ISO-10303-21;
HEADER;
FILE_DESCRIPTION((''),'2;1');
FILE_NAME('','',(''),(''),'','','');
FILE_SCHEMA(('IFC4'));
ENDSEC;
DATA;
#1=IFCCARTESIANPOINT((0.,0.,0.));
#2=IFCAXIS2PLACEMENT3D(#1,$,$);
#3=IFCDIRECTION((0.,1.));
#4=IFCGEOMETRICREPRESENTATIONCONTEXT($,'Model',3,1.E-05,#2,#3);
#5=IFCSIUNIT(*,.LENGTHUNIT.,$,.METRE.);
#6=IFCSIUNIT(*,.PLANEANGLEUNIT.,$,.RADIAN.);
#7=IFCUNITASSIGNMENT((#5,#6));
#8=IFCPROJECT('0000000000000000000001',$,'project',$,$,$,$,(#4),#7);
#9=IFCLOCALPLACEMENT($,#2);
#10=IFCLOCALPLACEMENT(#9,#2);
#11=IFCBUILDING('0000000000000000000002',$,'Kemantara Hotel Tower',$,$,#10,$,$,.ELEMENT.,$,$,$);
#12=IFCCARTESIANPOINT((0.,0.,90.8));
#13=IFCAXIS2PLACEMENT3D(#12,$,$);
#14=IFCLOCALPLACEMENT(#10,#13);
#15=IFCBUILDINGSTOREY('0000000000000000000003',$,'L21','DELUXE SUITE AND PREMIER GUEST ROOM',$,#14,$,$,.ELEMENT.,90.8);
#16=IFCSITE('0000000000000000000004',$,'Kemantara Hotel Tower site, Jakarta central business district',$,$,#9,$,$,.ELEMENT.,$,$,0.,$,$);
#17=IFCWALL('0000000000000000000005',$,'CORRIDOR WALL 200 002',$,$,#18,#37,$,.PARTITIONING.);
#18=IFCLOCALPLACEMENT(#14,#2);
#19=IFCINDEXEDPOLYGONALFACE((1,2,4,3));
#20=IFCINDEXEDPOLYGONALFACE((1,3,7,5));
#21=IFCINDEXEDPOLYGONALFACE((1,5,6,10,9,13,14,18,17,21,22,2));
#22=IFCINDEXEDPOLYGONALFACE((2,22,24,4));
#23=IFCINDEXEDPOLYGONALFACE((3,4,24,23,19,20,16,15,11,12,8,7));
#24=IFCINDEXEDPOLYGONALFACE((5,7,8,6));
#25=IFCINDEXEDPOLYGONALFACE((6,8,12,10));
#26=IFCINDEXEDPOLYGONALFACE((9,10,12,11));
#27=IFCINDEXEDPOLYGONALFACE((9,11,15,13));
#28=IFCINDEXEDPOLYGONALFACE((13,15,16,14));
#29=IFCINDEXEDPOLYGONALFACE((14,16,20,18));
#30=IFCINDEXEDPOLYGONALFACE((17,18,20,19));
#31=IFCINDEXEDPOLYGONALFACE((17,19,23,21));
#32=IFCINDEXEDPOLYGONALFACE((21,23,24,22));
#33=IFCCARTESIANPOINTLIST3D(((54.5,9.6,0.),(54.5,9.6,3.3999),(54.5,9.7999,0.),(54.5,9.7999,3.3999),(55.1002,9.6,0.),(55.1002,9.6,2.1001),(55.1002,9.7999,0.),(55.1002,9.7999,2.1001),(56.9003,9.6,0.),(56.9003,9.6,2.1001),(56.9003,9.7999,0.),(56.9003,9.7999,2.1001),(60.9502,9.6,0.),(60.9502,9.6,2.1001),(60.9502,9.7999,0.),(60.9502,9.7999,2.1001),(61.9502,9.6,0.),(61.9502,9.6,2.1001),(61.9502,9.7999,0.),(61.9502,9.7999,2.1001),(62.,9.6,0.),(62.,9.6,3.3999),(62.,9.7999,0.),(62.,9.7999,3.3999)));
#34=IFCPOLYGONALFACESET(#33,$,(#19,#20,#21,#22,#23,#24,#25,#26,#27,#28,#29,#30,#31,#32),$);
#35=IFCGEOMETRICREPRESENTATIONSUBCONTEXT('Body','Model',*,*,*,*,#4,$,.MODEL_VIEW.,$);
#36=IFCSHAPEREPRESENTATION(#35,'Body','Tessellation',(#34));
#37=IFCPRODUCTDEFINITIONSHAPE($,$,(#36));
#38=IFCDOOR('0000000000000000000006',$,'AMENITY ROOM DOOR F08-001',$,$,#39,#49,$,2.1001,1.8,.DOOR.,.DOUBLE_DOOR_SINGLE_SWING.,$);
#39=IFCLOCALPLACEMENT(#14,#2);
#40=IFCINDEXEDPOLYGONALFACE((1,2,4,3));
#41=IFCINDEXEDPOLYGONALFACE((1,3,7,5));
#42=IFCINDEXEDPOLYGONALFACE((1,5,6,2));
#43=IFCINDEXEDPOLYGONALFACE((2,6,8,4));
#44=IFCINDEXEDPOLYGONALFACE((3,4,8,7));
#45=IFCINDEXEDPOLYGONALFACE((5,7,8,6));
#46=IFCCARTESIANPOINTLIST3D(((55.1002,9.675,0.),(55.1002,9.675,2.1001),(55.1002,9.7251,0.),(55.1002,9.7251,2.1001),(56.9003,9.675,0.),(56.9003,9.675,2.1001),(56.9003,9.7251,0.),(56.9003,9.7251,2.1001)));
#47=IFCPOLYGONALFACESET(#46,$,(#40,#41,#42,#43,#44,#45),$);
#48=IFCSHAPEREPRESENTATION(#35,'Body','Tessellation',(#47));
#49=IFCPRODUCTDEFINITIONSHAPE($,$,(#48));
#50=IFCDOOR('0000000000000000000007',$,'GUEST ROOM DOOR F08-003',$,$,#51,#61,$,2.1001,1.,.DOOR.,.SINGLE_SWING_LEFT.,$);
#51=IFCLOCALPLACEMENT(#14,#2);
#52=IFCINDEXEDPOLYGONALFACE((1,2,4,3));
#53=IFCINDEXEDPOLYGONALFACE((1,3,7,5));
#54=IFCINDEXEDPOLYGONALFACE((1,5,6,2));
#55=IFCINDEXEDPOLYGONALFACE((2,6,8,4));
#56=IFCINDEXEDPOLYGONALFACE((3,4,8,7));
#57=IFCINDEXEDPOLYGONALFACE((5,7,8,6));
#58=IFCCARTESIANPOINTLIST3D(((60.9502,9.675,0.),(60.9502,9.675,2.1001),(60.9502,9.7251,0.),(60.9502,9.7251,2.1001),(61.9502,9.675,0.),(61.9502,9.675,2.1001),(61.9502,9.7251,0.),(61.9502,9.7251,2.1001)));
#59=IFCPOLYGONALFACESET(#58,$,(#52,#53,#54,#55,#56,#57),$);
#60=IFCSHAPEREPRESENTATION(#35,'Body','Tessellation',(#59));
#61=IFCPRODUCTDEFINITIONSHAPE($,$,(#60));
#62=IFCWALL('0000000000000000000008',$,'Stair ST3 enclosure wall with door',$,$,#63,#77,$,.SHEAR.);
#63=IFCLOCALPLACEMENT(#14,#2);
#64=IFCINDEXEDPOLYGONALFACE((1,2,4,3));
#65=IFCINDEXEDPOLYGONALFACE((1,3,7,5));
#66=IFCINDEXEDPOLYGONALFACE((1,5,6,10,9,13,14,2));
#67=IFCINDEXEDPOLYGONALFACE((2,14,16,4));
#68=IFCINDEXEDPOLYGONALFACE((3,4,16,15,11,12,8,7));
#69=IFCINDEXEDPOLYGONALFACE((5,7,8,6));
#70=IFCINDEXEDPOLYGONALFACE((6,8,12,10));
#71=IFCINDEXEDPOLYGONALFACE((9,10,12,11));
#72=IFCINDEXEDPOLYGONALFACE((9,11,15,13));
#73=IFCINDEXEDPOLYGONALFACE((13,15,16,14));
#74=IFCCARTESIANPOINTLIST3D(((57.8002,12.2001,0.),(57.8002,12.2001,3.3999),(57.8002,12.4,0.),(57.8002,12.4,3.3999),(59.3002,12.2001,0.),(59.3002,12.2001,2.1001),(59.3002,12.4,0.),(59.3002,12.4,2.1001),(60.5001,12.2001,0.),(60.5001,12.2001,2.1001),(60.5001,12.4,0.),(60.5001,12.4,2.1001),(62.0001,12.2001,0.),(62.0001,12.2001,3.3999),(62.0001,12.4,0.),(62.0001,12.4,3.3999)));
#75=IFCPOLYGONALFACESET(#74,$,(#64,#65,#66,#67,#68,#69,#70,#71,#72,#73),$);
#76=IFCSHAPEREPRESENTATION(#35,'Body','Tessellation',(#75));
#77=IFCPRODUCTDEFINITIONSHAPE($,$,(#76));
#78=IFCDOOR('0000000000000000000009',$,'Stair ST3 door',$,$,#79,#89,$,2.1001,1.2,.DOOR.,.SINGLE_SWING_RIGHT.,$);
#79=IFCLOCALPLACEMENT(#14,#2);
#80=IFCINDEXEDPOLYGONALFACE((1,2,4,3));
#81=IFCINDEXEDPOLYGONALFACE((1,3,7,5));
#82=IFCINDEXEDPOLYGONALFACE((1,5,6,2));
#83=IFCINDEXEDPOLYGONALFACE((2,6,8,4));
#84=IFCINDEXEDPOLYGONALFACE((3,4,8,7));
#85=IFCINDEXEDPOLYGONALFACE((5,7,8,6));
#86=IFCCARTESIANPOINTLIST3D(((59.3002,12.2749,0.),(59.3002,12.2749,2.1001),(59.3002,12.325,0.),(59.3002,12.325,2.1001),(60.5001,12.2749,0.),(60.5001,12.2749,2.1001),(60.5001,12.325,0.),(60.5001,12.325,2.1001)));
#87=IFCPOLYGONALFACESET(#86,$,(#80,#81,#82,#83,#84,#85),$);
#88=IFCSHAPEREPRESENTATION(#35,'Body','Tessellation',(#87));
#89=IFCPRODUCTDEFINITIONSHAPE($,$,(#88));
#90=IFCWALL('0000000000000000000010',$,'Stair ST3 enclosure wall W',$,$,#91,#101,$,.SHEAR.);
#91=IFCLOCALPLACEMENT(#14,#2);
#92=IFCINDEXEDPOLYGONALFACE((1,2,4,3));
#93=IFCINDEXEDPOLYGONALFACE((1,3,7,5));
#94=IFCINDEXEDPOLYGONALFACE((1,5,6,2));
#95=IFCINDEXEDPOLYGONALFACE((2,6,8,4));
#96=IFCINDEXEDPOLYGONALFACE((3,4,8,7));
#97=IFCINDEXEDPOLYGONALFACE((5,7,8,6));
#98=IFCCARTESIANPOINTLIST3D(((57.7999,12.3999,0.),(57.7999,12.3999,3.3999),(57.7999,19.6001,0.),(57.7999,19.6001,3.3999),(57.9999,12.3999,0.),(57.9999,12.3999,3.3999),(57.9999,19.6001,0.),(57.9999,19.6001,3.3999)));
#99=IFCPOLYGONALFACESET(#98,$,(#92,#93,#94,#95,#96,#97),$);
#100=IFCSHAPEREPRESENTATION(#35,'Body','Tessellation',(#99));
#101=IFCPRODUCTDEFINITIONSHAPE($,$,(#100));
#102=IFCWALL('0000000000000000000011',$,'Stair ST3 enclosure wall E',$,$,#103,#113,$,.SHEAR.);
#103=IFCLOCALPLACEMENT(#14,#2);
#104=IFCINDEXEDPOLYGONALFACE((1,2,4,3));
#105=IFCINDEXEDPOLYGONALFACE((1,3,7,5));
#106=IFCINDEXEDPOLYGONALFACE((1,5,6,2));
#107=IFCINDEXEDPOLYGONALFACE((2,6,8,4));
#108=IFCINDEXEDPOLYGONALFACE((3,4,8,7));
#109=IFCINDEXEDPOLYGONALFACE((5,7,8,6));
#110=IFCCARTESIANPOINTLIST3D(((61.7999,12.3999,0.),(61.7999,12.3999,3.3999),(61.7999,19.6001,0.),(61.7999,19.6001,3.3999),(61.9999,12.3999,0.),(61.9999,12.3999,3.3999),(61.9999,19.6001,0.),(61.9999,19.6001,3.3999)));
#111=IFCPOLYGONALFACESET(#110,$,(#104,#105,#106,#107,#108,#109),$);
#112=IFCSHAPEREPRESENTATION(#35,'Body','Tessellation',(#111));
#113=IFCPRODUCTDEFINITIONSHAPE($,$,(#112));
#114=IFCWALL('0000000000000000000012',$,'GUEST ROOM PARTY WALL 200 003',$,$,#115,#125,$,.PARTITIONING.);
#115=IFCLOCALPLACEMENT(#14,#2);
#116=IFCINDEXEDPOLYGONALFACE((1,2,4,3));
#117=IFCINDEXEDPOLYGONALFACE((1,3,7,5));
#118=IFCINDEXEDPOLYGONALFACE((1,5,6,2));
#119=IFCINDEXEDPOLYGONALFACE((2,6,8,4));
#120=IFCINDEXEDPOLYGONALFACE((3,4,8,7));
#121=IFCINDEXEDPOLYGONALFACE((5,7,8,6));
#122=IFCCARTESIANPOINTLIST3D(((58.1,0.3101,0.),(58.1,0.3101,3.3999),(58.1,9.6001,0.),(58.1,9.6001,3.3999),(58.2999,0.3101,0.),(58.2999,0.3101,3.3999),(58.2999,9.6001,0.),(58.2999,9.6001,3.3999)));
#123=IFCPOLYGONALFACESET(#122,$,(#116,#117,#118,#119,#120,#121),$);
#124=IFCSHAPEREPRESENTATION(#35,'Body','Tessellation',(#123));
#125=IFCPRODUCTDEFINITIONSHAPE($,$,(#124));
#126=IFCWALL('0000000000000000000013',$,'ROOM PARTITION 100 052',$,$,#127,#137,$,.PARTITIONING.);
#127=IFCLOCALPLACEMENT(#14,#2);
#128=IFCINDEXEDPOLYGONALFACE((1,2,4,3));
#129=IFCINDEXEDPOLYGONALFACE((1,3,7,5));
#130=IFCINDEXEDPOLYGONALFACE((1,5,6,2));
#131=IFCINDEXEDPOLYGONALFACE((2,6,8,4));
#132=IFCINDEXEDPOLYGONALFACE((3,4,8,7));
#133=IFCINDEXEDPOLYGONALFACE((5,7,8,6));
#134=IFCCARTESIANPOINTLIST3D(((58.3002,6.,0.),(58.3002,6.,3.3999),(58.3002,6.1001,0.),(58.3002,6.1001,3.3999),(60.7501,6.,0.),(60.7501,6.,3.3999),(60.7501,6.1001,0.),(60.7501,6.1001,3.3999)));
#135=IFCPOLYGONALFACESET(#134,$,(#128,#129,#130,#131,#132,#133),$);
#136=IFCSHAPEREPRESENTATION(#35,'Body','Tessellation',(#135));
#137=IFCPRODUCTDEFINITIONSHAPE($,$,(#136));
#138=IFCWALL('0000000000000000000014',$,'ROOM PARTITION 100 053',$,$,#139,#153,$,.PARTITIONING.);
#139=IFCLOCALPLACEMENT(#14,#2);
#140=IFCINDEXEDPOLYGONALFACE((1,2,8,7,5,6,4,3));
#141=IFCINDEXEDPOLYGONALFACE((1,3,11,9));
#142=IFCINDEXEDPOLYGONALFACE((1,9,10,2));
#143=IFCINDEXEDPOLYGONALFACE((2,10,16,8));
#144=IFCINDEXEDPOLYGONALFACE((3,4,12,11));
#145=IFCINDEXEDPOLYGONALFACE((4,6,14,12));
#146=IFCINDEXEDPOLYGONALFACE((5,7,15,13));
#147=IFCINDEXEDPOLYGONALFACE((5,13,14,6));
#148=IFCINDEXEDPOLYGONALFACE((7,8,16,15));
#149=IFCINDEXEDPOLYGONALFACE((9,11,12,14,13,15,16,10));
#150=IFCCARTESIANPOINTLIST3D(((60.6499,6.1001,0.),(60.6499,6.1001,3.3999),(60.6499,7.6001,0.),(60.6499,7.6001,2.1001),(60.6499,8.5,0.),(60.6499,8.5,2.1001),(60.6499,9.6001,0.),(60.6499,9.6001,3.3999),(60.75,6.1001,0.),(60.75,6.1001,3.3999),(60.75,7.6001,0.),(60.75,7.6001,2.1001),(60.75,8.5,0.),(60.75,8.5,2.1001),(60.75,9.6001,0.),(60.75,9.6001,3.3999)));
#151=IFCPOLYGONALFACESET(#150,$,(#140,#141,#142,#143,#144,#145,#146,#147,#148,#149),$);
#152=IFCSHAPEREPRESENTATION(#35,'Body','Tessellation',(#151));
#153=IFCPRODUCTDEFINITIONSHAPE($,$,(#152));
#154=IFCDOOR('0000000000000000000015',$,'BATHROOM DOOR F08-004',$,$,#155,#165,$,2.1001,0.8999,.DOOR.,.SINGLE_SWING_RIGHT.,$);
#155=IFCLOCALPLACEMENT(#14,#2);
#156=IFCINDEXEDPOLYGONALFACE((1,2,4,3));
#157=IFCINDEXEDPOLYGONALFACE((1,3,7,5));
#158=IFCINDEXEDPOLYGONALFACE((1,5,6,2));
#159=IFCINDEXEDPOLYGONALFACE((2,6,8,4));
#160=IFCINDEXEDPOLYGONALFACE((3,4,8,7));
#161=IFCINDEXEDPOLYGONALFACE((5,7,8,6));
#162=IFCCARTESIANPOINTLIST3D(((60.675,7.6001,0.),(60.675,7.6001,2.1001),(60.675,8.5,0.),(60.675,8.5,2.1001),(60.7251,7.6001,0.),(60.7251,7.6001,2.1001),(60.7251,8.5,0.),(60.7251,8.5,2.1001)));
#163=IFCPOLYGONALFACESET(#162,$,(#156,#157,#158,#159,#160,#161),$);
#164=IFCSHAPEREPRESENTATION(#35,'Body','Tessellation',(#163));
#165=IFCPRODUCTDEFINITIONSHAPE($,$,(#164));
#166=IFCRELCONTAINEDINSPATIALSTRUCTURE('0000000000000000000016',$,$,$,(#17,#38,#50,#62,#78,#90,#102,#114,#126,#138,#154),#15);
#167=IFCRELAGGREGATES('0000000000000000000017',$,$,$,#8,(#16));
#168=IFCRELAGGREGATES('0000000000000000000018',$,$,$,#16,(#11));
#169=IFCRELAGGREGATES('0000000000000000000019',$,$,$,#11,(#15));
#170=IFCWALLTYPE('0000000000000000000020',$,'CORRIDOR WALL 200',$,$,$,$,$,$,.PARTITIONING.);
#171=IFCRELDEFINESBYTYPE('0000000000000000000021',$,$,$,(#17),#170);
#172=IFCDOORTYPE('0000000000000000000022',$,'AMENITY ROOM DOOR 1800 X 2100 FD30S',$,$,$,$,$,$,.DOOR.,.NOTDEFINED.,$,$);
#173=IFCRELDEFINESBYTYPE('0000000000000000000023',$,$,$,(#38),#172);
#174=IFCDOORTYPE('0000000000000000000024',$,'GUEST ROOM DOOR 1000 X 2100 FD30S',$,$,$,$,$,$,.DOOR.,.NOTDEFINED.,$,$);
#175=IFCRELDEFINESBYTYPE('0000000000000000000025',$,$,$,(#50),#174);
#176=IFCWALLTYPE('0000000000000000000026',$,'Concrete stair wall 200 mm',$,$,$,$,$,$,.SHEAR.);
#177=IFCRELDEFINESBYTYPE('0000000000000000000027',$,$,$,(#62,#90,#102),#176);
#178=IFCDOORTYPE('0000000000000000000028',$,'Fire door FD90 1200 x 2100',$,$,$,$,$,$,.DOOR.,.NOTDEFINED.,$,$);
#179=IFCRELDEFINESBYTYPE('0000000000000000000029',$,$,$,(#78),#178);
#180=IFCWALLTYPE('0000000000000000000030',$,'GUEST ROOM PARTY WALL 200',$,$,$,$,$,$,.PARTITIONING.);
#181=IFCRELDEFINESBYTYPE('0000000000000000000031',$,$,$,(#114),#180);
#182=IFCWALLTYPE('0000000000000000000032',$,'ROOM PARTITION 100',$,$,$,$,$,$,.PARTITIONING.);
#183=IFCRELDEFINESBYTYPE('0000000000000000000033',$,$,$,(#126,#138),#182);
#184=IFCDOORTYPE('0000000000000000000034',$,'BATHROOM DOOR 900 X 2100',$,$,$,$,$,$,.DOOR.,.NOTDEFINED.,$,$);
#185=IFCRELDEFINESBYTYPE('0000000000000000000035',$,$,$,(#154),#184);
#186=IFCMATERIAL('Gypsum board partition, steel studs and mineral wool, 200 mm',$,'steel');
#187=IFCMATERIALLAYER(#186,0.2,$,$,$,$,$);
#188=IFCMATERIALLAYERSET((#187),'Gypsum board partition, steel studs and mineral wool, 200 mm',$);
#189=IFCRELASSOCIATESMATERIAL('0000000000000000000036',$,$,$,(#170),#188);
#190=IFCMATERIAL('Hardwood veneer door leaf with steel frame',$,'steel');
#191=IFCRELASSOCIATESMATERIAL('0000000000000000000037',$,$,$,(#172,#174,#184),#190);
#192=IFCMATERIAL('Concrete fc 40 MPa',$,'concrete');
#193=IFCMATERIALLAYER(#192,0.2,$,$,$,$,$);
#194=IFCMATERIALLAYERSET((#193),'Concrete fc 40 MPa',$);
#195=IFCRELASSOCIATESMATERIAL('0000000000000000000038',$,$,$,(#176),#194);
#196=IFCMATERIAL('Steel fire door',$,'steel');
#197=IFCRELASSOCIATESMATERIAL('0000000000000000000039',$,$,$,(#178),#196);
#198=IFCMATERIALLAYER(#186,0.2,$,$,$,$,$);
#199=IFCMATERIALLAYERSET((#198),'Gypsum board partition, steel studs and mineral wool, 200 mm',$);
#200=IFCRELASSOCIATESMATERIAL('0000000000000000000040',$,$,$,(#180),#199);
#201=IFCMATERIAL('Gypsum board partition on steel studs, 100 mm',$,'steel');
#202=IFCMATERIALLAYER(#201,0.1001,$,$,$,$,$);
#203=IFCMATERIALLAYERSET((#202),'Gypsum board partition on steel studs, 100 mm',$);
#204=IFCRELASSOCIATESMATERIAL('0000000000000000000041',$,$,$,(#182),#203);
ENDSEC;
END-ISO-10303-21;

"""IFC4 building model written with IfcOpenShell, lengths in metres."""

from ifc_helpers import new_model, si_unit, direction, frame, frame_2d, origin, place, context, subcontext, project, spatial, rectangle, extrude, material, layer, layer_set, type_object, element, fill, save


model = new_model("IFC4")

# Units and contexts
model_context = context("Model", 3, precision=1e-05, world=origin(), true_north=direction((0.0, 1.0)))
body_context = subcontext(model_context, "Body", "Model", "MODEL_VIEW")
ifc_project = project(units=[si_unit("LENGTHUNIT", "METRE"), si_unit("PLANEANGLEUNIT", "RADIAN")], contexts=[model_context])

# Site, building, storey
site_placement = place(None, origin())
site = spatial("IfcSite", under=ifc_project, at=site_placement, Name="Kemantara Hotel Tower site, Jakarta central business district", CompositionType="ELEMENT", RefElevation=0.0)
building_placement = place(site_placement, origin())
building = spatial("IfcBuilding", under=site, at=building_placement, Name="Kemantara Hotel Tower", CompositionType="ELEMENT")
storey_placement = place(building_placement, frame((0.0, 0.0, 90.8)))
storey = spatial("IfcBuildingStorey", under=building, at=storey_placement, Name="L21", Description="DELUXE SUITE AND PREMIER GUEST ROOM", CompositionType="ELEMENT", Elevation=90.8)

# Wall, openings, doors
ifc_material_1 = material(Name="Gypsum board partition, steel studs and mineral wool, 200 mm", Category="steel")
ifc_layer_1 = layer(ifc_material_1, 0.2)
ifc_layer_set_1 = layer_set([ifc_layer_1], Name="Gypsum board partition, steel studs and mineral wool, 200 mm")
wall_type_1 = type_object("IfcWallType", Name="CORRIDOR WALL 200", PredefinedType="PARTITIONING", material=ifc_layer_set_1)
wall_1_placement = place(storey_placement, frame((62.0, 9.7, 0.0), z_axis=(0.0, 0.0, 1.0), x_axis=(-1.0, 0.0, 0.0)))
wall_1 = element("IfcWall", 1, at=wall_1_placement, inside=storey, type_object=wall_type_1, Name="CORRIDOR WALL 200 002", PredefinedType="PARTITIONING", context=body_context, shape_type="SweptSolid", body=[
    extrude(rectangle(XDim=7.5, YDim=0.2, at=frame_2d((3.75, 0.0))), origin(), (0.0, 0.0, 1.0), 3.3999),
])
opening_1_placement = place(wall_1_placement, frame((5.0999, 0.0, 0.0)))
opening_1 = element("IfcOpeningElement", 2, at=opening_1_placement, cuts=wall_1, PredefinedType="OPENING", context=body_context, shape_type="SweptSolid", body=[
    extrude(rectangle(XDim=1.8, YDim=2.1001, at=frame_2d((0.8999, 1.05))), frame((0.0, 0.1099, 0.0), z_axis=(0.0, -1.0, 0.0), x_axis=(1.0, 0.0, 0.0)), (0.0, 0.0, 1.0), 0.22),
])
opening_2_placement = place(wall_1_placement, frame((0.0498, 0.0, 0.0)))
opening_2 = element("IfcOpeningElement", 3, at=opening_2_placement, cuts=wall_1, PredefinedType="OPENING", context=body_context, shape_type="SweptSolid", body=[
    extrude(rectangle(XDim=1.0, YDim=2.1001, at=frame_2d((0.5, 1.05))), frame((0.0, 0.1099, 0.0), z_axis=(0.0, -1.0, 0.0), x_axis=(1.0, 0.0, 0.0)), (0.0, 0.0, 1.0), 0.22),
])
ifc_material_2 = material(Name="Hardwood veneer door leaf with steel frame", Category="steel")
door_type_1 = type_object("IfcDoorType", Name="AMENITY ROOM DOOR 1800 X 2100 FD30S", OperationType="NOTDEFINED", PredefinedType="DOOR", material=ifc_material_2)
door_1_placement = place(opening_1_placement, origin())
door_1 = element("IfcDoor", 4, at=door_1_placement, inside=storey, type_object=door_type_1, Name="AMENITY ROOM DOOR F08-001", OperationType="DOUBLE_DOOR_SINGLE_SWING", OverallHeight=2.1001, OverallWidth=1.8, PredefinedType="DOOR", context=body_context, shape_type="SweptSolid", body=[
    extrude(rectangle(XDim=1.8, YDim=2.1001, at=frame_2d((0.8999, 1.05))), frame((0.0, 0.0249, 0.0), z_axis=(0.0, -1.0, 0.0), x_axis=(1.0, 0.0, 0.0)), (0.0, 0.0, 1.0), 0.05),
])
fill(opening_1, door_1)
door_type_2 = type_object("IfcDoorType", Name="GUEST ROOM DOOR 1000 X 2100 FD30S", OperationType="NOTDEFINED", PredefinedType="DOOR", material=ifc_material_2)
door_2_placement = place(opening_2_placement, origin())
door_2 = element("IfcDoor", 5, at=door_2_placement, inside=storey, type_object=door_type_2, Name="GUEST ROOM DOOR F08-003", OperationType="SINGLE_SWING_LEFT", OverallHeight=2.1001, OverallWidth=1.0, PredefinedType="DOOR", context=body_context, shape_type="SweptSolid", body=[
    extrude(rectangle(XDim=1.0, YDim=2.1001, at=frame_2d((0.5, 1.05))), frame((0.0, 0.0249, 0.0), z_axis=(0.0, -1.0, 0.0), x_axis=(1.0, 0.0, 0.0)), (0.0, 0.0, 1.0), 0.05),
])
fill(opening_2, door_2)

# Wall, opening, door
ifc_material_3 = material(Name="Concrete fc 40 MPa", Category="concrete")
ifc_layer_2 = layer(ifc_material_3, 0.2)
ifc_layer_set_2 = layer_set([ifc_layer_2], Name="Concrete fc 40 MPa")
wall_type_2 = type_object("IfcWallType", Name="Concrete stair wall 200 mm", PredefinedType="SHEAR", material=ifc_layer_set_2)
wall_2_placement = place(storey_placement, frame((57.8, 12.3, 0.0), z_axis=(0.0, 0.0, 1.0), x_axis=(1.0, 0.0, 0.0)))
wall_2 = element("IfcWall", 6, at=wall_2_placement, inside=storey, type_object=wall_type_2, Name="Stair ST3 enclosure wall with door", PredefinedType="SHEAR", context=body_context, shape_type="SweptSolid", body=[
    extrude(rectangle(XDim=4.2, YDim=0.2, at=frame_2d((2.1001, 0.0))), origin(), (0.0, 0.0, 1.0), 3.3999),
])
opening_3_placement = place(wall_2_placement, frame((1.5, 0.0, 0.0)))
opening_3 = element("IfcOpeningElement", 7, at=opening_3_placement, cuts=wall_2, PredefinedType="OPENING", context=body_context, shape_type="SweptSolid", body=[
    extrude(rectangle(XDim=1.2, YDim=2.1001, at=frame_2d((0.6001, 1.05))), frame((0.0, 0.1099, 0.0), z_axis=(0.0, -1.0, 0.0), x_axis=(1.0, 0.0, 0.0)), (0.0, 0.0, 1.0), 0.22),
])
ifc_material_4 = material(Name="Steel fire door", Category="steel")
door_type_3 = type_object("IfcDoorType", Name="Fire door FD90 1200 x 2100", OperationType="NOTDEFINED", PredefinedType="DOOR", material=ifc_material_4)
door_3_placement = place(opening_3_placement, origin())
door_3 = element("IfcDoor", 8, at=door_3_placement, inside=storey, type_object=door_type_3, Name="Stair ST3 door", OperationType="SINGLE_SWING_RIGHT", OverallHeight=2.1001, OverallWidth=1.2, PredefinedType="DOOR", context=body_context, shape_type="SweptSolid", body=[
    extrude(rectangle(XDim=1.2, YDim=2.1001, at=frame_2d((0.6001, 1.05))), frame((0.0, 0.0249, 0.0), z_axis=(0.0, -1.0, 0.0), x_axis=(1.0, 0.0, 0.0)), (0.0, 0.0, 1.0), 0.05),
])
fill(opening_3, door_3)

# Walls
for number, where, z_axis, x_axis, name in (
    (9, (57.8999, 12.3999, 0.0), (0.0, 0.0, 1.0), (0.0, 1.0, 0.0), "Stair ST3 enclosure wall W"),
    (10, (61.8999, 12.3999, 0.0), (0.0, 0.0, 1.0), (0.0, 1.0, 0.0), "Stair ST3 enclosure wall E"),
):
    element("IfcWall", number, at=place(storey_placement, frame(where, z_axis=z_axis, x_axis=x_axis)), inside=storey, type_object=wall_type_2, Name=name, PredefinedType="SHEAR", context=body_context, shape_type="SweptSolid", body=[
        extrude(rectangle(XDim=7.2002, YDim=0.2, at=frame_2d((3.6001, 0.0))), origin(), (0.0, 0.0, 1.0), 3.3999),
    ])
ifc_layer_3 = layer(ifc_material_1, 0.2)
ifc_layer_set_3 = layer_set([ifc_layer_3], Name="Gypsum board partition, steel studs and mineral wool, 200 mm")
wall_type_3 = type_object("IfcWallType", Name="GUEST ROOM PARTY WALL 200", PredefinedType="PARTITIONING", material=ifc_layer_set_3)
wall_3_placement = place(storey_placement, frame((58.2, 0.3101, 0.0), z_axis=(0.0, 0.0, 1.0), x_axis=(0.0, 1.0, 0.0)))
element("IfcWall", 11, at=wall_3_placement, inside=storey, type_object=wall_type_3, Name="GUEST ROOM PARTY WALL 200 003", PredefinedType="PARTITIONING", context=body_context, shape_type="SweptSolid", body=[
    extrude(rectangle(XDim=9.29, YDim=0.2, at=frame_2d((4.645, 0.0))), origin(), (0.0, 0.0, 1.0), 3.3999),
])
ifc_material_5 = material(Name="Gypsum board partition on steel studs, 100 mm", Category="steel")
ifc_layer_4 = layer(ifc_material_5, 0.1001)
ifc_layer_set_4 = layer_set([ifc_layer_4], Name="Gypsum board partition on steel studs, 100 mm")
wall_type_4 = type_object("IfcWallType", Name="ROOM PARTITION 100", PredefinedType="PARTITIONING", material=ifc_layer_set_4)
wall_4_placement = place(storey_placement, frame((58.3, 6.05, 0.0), z_axis=(0.0, 0.0, 1.0), x_axis=(1.0, 0.0, 0.0)))
element("IfcWall", 12, at=wall_4_placement, inside=storey, type_object=wall_type_4, Name="ROOM PARTITION 100 052", PredefinedType="PARTITIONING", context=body_context, shape_type="SweptSolid", body=[
    extrude(rectangle(XDim=2.45, YDim=0.1001, at=frame_2d((1.2251, 0.0))), origin(), (0.0, 0.0, 1.0), 3.3999),
])

# Wall, opening, door
wall_5_placement = place(storey_placement, frame((60.7, 6.1001, 0.0), z_axis=(0.0, 0.0, 1.0), x_axis=(0.0, 1.0, 0.0)))
wall_5 = element("IfcWall", 13, at=wall_5_placement, inside=storey, type_object=wall_type_4, Name="ROOM PARTITION 100 053", PredefinedType="PARTITIONING", context=body_context, shape_type="SweptSolid", body=[
    extrude(rectangle(XDim=3.5, YDim=0.1001, at=frame_2d((1.75, 0.0))), origin(), (0.0, 0.0, 1.0), 3.3999),
])
opening_4_placement = place(wall_5_placement, frame((1.5, 0.0, 0.0)))
opening_4 = element("IfcOpeningElement", 14, at=opening_4_placement, cuts=wall_5, PredefinedType="OPENING", context=body_context, shape_type="SweptSolid", body=[
    extrude(rectangle(XDim=0.8999, YDim=2.1001, at=frame_2d((0.45, 1.05))), frame((0.0, 0.0601, 0.0), z_axis=(0.0, -1.0, 0.0), x_axis=(1.0, 0.0, 0.0)), (0.0, 0.0, 1.0), 0.1201),
])
door_type_4 = type_object("IfcDoorType", Name="BATHROOM DOOR 900 X 2100", OperationType="NOTDEFINED", PredefinedType="DOOR", material=ifc_material_2)
door_4_placement = place(opening_4_placement, origin())
door_4 = element("IfcDoor", 15, at=door_4_placement, inside=storey, type_object=door_type_4, Name="BATHROOM DOOR F08-004", OperationType="SINGLE_SWING_RIGHT", OverallHeight=2.1001, OverallWidth=0.8999, PredefinedType="DOOR", context=body_context, shape_type="SweptSolid", body=[
    extrude(rectangle(XDim=0.8999, YDim=2.1001, at=frame_2d((0.45, 1.05))), frame((0.0, 0.0249, 0.0), z_axis=(0.0, -1.0, 0.0), x_axis=(1.0, 0.0, 0.0)), (0.0, 0.0, 1.0), 0.05),
])
fill(opening_4, door_4)

save(model, "model.ifc")
